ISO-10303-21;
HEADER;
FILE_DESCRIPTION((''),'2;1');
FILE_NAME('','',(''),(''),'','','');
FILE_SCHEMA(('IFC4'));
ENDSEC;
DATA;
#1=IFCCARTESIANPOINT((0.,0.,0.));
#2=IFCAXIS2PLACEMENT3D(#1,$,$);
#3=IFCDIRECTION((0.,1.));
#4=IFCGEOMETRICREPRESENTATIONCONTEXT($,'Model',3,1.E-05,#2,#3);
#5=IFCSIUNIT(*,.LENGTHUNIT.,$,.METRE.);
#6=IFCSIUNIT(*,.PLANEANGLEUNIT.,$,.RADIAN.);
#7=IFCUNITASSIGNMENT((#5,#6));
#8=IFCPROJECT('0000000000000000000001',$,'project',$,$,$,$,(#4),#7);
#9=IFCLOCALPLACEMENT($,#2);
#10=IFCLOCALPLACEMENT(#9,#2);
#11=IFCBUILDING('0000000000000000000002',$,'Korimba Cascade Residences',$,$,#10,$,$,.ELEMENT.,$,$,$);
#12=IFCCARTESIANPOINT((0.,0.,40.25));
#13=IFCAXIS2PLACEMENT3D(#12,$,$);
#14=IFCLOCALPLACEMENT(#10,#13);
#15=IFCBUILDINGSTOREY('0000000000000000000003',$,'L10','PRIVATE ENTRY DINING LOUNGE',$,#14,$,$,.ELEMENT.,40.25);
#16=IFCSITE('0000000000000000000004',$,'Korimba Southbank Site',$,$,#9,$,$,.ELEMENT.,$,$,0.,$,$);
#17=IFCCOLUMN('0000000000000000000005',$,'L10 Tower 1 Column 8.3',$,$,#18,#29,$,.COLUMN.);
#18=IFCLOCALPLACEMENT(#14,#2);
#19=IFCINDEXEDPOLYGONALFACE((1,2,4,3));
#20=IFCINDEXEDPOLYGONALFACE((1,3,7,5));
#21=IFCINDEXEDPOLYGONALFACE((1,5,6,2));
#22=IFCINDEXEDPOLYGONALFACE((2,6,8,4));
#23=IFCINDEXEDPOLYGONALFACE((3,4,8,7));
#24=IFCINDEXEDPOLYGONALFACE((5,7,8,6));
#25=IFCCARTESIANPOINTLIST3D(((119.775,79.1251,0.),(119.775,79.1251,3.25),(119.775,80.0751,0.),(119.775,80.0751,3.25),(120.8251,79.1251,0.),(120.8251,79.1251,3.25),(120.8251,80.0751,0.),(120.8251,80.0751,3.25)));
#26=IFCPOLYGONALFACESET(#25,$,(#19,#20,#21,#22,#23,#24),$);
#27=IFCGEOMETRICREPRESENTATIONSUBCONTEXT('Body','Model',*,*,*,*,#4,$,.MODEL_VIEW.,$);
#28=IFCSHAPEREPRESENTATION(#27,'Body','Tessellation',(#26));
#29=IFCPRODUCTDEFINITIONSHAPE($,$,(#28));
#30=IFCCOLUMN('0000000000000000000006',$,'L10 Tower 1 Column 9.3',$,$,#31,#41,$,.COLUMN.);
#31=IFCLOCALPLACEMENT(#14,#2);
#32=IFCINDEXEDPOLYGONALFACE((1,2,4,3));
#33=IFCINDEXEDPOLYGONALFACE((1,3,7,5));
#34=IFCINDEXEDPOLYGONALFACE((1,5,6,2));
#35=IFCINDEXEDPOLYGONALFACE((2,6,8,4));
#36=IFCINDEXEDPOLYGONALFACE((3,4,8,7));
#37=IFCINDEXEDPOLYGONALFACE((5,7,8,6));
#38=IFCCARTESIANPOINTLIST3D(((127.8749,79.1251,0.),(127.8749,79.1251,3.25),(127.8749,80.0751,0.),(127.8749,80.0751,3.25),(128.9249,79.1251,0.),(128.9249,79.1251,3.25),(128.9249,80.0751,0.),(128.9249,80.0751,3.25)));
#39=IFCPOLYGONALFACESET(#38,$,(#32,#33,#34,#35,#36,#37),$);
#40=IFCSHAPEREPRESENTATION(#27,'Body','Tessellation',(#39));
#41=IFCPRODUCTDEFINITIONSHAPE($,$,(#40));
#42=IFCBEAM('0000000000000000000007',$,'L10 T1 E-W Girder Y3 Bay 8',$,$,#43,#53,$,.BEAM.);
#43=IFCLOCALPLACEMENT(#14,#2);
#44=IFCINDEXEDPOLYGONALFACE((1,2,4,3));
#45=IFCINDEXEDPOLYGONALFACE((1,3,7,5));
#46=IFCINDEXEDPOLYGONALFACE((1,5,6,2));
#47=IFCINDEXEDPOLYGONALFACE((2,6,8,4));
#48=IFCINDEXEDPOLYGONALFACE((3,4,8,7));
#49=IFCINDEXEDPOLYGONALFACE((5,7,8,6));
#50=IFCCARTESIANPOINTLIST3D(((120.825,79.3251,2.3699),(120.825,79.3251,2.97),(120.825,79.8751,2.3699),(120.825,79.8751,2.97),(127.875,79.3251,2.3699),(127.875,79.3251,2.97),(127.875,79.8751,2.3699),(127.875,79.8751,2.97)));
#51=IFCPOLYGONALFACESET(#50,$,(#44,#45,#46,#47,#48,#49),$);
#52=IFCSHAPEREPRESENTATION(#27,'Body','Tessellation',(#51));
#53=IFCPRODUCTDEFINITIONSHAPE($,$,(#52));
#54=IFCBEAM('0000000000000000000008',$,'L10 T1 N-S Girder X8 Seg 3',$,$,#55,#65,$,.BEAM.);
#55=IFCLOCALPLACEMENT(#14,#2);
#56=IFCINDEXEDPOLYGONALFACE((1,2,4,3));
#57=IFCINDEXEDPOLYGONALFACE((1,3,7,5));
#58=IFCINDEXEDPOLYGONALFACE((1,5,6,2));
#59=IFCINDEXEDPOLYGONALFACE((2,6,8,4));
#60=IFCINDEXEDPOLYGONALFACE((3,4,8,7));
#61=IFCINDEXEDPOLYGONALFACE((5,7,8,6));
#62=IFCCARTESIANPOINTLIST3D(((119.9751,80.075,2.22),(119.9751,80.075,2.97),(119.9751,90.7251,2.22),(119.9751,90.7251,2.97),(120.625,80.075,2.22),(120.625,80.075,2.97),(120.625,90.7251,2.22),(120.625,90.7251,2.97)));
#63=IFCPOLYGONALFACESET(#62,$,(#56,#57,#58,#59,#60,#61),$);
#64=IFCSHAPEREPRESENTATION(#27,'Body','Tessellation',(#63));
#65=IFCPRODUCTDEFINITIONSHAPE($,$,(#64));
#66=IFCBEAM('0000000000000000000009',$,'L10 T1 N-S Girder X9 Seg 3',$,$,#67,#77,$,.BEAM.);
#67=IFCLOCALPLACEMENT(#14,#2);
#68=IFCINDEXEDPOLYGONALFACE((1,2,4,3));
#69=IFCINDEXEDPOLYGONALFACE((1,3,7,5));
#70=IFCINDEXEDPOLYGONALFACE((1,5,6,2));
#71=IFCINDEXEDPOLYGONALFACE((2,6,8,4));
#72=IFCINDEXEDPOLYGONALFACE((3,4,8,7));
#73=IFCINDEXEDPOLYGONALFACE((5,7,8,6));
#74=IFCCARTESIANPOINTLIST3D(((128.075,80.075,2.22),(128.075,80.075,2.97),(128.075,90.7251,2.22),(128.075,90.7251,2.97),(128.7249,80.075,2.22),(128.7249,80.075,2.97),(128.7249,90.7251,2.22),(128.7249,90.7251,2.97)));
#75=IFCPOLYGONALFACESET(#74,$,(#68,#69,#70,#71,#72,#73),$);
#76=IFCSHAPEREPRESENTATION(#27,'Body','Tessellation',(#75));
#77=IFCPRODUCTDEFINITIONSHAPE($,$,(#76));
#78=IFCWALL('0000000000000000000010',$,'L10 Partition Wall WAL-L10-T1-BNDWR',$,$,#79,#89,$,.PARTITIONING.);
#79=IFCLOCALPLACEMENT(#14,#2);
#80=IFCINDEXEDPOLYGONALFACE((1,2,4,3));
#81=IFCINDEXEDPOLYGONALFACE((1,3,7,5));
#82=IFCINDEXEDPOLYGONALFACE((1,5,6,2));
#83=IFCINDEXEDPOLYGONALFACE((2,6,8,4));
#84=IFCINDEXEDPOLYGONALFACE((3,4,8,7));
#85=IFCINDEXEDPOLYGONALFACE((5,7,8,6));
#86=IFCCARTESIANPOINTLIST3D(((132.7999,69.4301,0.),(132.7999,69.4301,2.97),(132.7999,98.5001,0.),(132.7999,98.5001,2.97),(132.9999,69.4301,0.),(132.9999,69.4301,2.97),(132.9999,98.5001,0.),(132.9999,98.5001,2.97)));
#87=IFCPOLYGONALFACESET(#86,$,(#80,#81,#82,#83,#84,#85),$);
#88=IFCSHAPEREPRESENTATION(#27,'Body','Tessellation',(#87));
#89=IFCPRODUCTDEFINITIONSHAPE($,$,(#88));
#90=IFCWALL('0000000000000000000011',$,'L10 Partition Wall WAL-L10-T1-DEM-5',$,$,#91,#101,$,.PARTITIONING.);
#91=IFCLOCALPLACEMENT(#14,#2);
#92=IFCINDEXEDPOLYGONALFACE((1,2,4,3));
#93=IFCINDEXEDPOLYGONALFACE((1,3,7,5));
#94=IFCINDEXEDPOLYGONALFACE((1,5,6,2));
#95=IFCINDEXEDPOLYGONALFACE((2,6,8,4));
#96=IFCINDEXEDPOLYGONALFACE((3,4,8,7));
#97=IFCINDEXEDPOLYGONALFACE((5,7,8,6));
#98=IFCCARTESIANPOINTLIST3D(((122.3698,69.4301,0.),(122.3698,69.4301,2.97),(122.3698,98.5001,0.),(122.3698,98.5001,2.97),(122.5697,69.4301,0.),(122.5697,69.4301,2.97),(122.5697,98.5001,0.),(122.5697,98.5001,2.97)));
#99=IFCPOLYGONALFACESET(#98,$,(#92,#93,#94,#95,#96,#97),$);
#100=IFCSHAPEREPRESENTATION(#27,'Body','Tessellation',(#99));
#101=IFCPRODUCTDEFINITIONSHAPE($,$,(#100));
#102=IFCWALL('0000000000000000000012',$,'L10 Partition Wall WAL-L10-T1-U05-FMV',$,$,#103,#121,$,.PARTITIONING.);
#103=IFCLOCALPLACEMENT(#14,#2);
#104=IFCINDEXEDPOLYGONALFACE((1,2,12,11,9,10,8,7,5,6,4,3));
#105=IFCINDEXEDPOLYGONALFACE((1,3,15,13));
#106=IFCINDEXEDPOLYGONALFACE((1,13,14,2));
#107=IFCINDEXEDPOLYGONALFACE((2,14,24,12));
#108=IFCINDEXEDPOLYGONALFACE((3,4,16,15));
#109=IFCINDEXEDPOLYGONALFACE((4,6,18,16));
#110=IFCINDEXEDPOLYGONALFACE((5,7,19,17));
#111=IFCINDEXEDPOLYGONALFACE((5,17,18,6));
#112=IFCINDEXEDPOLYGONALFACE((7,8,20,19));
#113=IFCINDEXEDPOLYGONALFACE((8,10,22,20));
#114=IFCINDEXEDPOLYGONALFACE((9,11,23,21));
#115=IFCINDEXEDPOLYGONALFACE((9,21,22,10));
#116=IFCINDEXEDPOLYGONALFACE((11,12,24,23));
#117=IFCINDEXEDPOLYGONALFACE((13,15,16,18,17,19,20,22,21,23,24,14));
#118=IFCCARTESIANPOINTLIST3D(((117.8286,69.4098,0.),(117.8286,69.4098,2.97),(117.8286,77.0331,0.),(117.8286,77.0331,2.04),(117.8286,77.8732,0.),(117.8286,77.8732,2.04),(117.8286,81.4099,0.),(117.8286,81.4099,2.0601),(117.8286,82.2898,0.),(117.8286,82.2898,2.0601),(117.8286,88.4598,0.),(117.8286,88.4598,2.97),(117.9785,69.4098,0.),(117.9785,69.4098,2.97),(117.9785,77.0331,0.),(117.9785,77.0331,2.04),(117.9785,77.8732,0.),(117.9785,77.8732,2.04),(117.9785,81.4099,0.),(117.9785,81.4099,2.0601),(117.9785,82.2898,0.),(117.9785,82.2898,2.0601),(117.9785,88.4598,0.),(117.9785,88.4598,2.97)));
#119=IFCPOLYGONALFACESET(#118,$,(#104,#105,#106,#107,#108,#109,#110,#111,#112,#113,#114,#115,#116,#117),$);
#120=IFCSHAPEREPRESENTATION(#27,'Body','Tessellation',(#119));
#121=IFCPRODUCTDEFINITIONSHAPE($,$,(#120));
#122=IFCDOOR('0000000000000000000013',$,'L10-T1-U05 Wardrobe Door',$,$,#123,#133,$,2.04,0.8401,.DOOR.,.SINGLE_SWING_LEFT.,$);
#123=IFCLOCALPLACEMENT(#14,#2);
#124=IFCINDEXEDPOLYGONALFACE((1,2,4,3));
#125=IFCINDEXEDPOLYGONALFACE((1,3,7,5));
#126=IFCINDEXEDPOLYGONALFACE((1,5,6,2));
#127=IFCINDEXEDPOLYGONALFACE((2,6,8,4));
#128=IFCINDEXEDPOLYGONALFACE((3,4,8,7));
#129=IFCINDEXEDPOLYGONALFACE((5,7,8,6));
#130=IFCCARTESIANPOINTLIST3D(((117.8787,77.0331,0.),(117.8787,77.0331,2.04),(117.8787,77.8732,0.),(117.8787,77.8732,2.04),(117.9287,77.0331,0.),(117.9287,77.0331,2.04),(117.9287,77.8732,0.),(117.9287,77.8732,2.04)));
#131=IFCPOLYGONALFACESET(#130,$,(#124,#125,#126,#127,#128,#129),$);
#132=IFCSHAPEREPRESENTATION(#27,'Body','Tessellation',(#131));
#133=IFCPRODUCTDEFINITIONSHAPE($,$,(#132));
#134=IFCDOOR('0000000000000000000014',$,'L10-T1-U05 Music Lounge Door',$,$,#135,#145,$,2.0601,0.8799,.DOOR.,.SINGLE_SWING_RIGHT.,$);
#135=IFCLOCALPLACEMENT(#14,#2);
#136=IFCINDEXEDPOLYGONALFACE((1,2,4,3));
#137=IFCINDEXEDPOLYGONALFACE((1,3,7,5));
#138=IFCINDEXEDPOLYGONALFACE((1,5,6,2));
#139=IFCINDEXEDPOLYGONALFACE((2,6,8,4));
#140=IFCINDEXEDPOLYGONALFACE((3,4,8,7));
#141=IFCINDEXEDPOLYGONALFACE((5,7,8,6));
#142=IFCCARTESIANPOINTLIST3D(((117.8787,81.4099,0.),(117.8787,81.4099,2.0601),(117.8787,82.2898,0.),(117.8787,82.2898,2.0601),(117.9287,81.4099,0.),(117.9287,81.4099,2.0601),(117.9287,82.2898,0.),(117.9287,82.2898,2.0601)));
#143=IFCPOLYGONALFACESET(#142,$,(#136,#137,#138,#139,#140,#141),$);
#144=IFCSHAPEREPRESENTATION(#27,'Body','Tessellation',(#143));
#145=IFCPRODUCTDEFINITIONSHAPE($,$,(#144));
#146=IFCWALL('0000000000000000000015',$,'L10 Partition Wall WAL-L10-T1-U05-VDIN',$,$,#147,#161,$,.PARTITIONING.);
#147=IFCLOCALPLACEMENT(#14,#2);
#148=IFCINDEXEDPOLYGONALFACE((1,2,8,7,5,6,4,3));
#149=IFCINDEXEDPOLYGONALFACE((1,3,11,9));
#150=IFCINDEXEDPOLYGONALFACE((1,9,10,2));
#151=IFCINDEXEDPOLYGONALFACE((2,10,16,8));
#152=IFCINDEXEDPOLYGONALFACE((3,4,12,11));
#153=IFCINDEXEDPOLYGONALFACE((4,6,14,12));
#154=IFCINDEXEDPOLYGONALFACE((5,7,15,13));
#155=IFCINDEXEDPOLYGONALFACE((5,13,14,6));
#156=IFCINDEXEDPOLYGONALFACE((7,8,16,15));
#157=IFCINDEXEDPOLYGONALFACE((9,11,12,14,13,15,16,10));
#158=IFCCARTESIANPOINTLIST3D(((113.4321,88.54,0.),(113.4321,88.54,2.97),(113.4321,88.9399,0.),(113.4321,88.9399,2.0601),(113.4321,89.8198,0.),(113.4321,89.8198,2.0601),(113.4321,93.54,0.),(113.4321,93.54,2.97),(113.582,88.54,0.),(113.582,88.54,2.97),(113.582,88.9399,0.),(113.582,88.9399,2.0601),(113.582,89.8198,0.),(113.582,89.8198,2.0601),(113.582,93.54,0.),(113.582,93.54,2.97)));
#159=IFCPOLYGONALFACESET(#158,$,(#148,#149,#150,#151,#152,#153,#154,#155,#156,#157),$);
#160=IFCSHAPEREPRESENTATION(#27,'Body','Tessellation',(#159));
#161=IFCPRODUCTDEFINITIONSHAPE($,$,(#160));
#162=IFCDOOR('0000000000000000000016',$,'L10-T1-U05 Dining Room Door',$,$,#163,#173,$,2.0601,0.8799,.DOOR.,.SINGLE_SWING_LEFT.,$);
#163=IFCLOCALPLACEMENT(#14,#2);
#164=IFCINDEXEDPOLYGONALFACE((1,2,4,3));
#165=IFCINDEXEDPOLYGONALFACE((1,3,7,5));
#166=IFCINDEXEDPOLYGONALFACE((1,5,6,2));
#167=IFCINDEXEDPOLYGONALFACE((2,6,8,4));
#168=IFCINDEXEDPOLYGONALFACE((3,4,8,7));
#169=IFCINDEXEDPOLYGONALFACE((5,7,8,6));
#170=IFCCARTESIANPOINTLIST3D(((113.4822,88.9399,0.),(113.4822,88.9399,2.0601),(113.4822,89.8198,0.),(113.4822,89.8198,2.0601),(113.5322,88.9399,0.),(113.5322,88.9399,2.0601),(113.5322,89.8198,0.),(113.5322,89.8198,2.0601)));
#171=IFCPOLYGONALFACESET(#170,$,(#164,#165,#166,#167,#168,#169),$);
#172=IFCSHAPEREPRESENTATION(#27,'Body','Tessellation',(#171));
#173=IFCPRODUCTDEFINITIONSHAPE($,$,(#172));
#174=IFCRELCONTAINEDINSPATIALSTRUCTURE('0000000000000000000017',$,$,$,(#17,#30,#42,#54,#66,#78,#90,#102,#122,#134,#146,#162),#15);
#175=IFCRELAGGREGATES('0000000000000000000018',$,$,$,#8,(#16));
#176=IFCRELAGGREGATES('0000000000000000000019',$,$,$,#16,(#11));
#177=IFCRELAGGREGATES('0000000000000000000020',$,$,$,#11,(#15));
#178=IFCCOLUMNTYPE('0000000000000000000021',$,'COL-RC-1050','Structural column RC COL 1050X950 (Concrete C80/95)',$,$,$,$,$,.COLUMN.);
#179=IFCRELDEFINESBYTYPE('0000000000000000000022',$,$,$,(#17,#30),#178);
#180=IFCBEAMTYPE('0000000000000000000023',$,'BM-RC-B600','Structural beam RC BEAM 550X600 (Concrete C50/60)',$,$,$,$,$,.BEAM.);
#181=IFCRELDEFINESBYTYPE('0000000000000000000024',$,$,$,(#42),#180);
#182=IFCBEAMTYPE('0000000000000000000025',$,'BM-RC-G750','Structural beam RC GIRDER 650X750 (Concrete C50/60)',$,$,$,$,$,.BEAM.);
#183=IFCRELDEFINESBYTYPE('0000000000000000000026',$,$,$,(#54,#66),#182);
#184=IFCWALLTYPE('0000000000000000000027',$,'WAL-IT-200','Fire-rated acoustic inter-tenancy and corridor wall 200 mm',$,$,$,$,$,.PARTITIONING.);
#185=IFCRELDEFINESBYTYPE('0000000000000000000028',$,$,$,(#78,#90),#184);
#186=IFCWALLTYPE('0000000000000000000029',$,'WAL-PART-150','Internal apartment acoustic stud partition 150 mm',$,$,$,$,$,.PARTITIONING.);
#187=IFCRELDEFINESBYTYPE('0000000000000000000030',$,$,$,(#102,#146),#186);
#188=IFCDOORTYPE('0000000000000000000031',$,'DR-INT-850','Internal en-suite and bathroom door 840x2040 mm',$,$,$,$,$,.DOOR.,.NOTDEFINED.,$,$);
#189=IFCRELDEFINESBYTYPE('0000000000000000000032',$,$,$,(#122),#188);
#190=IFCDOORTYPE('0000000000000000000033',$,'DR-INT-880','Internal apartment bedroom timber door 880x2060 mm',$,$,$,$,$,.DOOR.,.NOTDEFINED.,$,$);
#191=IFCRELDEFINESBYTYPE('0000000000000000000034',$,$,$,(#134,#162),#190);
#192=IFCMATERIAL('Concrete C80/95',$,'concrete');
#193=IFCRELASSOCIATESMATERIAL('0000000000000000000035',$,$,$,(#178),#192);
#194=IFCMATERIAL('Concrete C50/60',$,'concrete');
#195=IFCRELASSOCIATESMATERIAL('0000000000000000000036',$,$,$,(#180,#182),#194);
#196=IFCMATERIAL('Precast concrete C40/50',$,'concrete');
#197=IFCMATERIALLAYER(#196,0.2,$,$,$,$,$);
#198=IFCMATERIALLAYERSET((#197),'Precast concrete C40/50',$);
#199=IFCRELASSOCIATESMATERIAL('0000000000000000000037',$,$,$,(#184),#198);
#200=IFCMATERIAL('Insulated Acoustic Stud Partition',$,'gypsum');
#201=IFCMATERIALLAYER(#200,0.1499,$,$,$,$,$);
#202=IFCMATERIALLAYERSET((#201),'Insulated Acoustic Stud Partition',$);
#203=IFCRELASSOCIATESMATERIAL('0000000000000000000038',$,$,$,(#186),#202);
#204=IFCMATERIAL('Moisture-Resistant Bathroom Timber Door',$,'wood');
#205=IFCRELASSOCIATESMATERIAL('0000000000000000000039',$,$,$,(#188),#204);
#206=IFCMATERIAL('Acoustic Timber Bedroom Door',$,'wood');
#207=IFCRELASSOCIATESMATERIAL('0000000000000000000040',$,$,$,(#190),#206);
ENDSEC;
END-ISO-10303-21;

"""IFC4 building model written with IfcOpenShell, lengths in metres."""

from ifc_helpers import new_model, si_unit, direction, frame, frame_2d, origin, origin_2d, place, context, subcontext, project, spatial, rectangle, extrude, material, layer, layer_set, material_profile, profile_set, type_object, element, fill, save


model = new_model("IFC4")

# Units and contexts
model_context = context("Model", 3, precision=1e-05, world=origin(), true_north=direction((0.0, 1.0)))
body_context = subcontext(model_context, "Body", "Model", "MODEL_VIEW")
ifc_project = project(units=[si_unit("LENGTHUNIT", "METRE"), si_unit("PLANEANGLEUNIT", "RADIAN")], contexts=[model_context])

# Site, building, storey
site_placement = place(None, origin())
site = spatial("IfcSite", under=ifc_project, at=site_placement, Name="Korimba Southbank Site", CompositionType="ELEMENT", RefElevation=0.0)
building_placement = place(site_placement, origin())
building = spatial("IfcBuilding", under=site, at=building_placement, Name="Korimba Cascade Residences", CompositionType="ELEMENT")
storey_placement = place(building_placement, frame((0.0, 0.0, 40.25)))
storey = spatial("IfcBuildingStorey", under=building, at=storey_placement, Name="L10", Description="PRIVATE ENTRY DINING LOUNGE", CompositionType="ELEMENT", Elevation=40.25)

# Columns
ifc_material_1 = material(Name="Concrete C80/95", Category="concrete")
ifc_material_profile_1 = material_profile(ifc_material_1, rectangle(XDim=1.05, YDim=0.95, at=origin_2d()), Name="Concrete C80/95")
ifc_profile_set_1 = profile_set([ifc_material_profile_1], Name="Concrete C80/95")
column_type = type_object("IfcColumnType", Name="COL-RC-1050", Description="Structural column RC COL 1050X950 (Concrete C80/95)", PredefinedType="COLUMN", material=ifc_profile_set_1)
for number, where, z_axis, x_axis, name in (
    (1, (120.3, 79.6001, 0.0), (0.0, 0.0, 1.0), (1.0, 0.0, 0.0), "L10 Tower 1 Column 8.3"),
    (2, (128.3999, 79.6001, 0.0), (0.0, 0.0, 1.0), (1.0, 0.0, 0.0), "L10 Tower 1 Column 9.3"),
):
    element("IfcColumn", number, at=place(storey_placement, frame(where, z_axis=z_axis, x_axis=x_axis)), inside=storey, type_object=column_type, Name=name, PredefinedType="COLUMN", context=body_context, shape_type="SweptSolid", body=[
        extrude(rectangle(XDim=1.05, YDim=0.95, at=origin_2d()), origin(), (0.0, 0.0, 1.0), 3.25),
    ])

# Beams
ifc_material_2 = material(Name="Concrete C50/60", Category="concrete")
ifc_material_profile_2 = material_profile(ifc_material_2, rectangle(XDim=0.55, YDim=0.6001, at=origin_2d()), Name="Concrete C50/60")
ifc_profile_set_2 = profile_set([ifc_material_profile_2], Name="Concrete C50/60")
beam_type_1 = type_object("IfcBeamType", Name="BM-RC-B600", Description="Structural beam RC BEAM 550X600 (Concrete C50/60)", PredefinedType="BEAM", material=ifc_profile_set_2)
beam_placement = place(storey_placement, frame((120.825, 79.6001, 2.6699), z_axis=(1.0, 0.0, 0.0), x_axis=(0.0, 1.0, 0.0)))
element("IfcBeam", 3, at=beam_placement, inside=storey, type_object=beam_type_1, Name="L10 T1 E-W Girder Y3 Bay 8", PredefinedType="BEAM", context=body_context, shape_type="SweptSolid", body=[
    extrude(rectangle(XDim=0.55, YDim=0.6001, at=origin_2d()), origin(), (0.0, 0.0, 1.0), 7.05),
])
ifc_material_profile_3 = material_profile(ifc_material_2, rectangle(XDim=0.6499, YDim=0.75, at=origin_2d()), Name="Concrete C50/60")
ifc_profile_set_3 = profile_set([ifc_material_profile_3], Name="Concrete C50/60")
beam_type_2 = type_object("IfcBeamType", Name="BM-RC-G750", Description="Structural beam RC GIRDER 650X750 (Concrete C50/60)", PredefinedType="BEAM", material=ifc_profile_set_3)
for number, where, z_axis, x_axis, name in (
    (4, (120.3, 80.075, 2.595), (0.0, 1.0, 0.0), (-1.0, 0.0, 0.0), "L10 T1 N-S Girder X8 Seg 3"),
    (5, (128.3999, 80.075, 2.595), (0.0, 1.0, 0.0), (-1.0, 0.0, 0.0), "L10 T1 N-S Girder X9 Seg 3"),
):
    element("IfcBeam", number, at=place(storey_placement, frame(where, z_axis=z_axis, x_axis=x_axis)), inside=storey, type_object=beam_type_2, Name=name, PredefinedType="BEAM", context=body_context, shape_type="SweptSolid", body=[
        extrude(rectangle(XDim=0.6499, YDim=0.75, at=origin_2d()), origin(), (0.0, 0.0, 1.0), 10.6501),
    ])

# Walls
ifc_material_3 = material(Name="Precast concrete C40/50", Category="concrete")
ifc_layer_1 = layer(ifc_material_3, 0.2)
ifc_layer_set_1 = layer_set([ifc_layer_1], Name="Precast concrete C40/50")
wall_type_1 = type_object("IfcWallType", Name="WAL-IT-200", Description="Fire-rated acoustic inter-tenancy and corridor wall 200 mm", PredefinedType="PARTITIONING", material=ifc_layer_set_1)
for number, where, z_axis, x_axis, name in (
    (6, (132.8999, 69.4299, 0.0), (0.0, 0.0, 1.0), (0.0, 1.0, 0.0), "L10 Partition Wall WAL-L10-T1-BNDWR"),
    (7, (122.4697, 69.4299, 0.0), (0.0, 0.0, 1.0), (0.0, 1.0, 0.0), "L10 Partition Wall WAL-L10-T1-DEM-5"),
):
    element("IfcWall", number, at=place(storey_placement, frame(where, z_axis=z_axis, x_axis=x_axis)), inside=storey, type_object=wall_type_1, Name=name, PredefinedType="PARTITIONING", context=body_context, shape_type="SweptSolid", body=[
        extrude(rectangle(XDim=29.0701, YDim=0.2, at=frame_2d((14.5352, 0.0))), origin(), (0.0, 0.0, 1.0), 2.97),
    ])

# Wall, openings, doors
ifc_material_4 = material(Name="Insulated Acoustic Stud Partition", Category="gypsum")
ifc_layer_2 = layer(ifc_material_4, 0.1499)
ifc_layer_set_2 = layer_set([ifc_layer_2], Name="Insulated Acoustic Stud Partition")
wall_type_2 = type_object("IfcWallType", Name="WAL-PART-150", Description="Internal apartment acoustic stud partition 150 mm", PredefinedType="PARTITIONING", material=ifc_layer_set_2)
wall_1_placement = place(storey_placement, frame((117.9036, 69.4099, 0.0), z_axis=(0.0, 0.0, 1.0), x_axis=(0.0, 1.0, 0.0)))
wall_1 = element("IfcWall", 8, at=wall_1_placement, inside=storey, type_object=wall_type_2, Name="L10 Partition Wall WAL-L10-T1-U05-FMV", PredefinedType="PARTITIONING", context=body_context, shape_type="SweptSolid", body=[
    extrude(rectangle(XDim=19.05, YDim=0.1499, at=frame_2d((9.5249, 0.0))), origin(), (0.0, 0.0, 1.0), 2.97),
])
opening_1_placement = place(wall_1_placement, frame((7.6233, 0.0, 0.0)))
opening_1 = element("IfcOpeningElement", 9, at=opening_1_placement, cuts=wall_1, PredefinedType="OPENING", context=body_context, shape_type="SweptSolid", body=[
    extrude(rectangle(XDim=0.8401, YDim=2.04, at=frame_2d((0.4199, 1.02))), frame((0.0, 0.085, 0.0), z_axis=(0.0, -1.0, 0.0), x_axis=(1.0, 0.0, 0.0)), (0.0, 0.0, 1.0), 0.1699),
])
opening_2_placement = place(wall_1_placement, frame((12.0, 0.0, 0.0)))
opening_2 = element("IfcOpeningElement", 10, at=opening_2_placement, cuts=wall_1, PredefinedType="OPENING", context=body_context, shape_type="SweptSolid", body=[
    extrude(rectangle(XDim=0.8799, YDim=2.0601, at=frame_2d((0.4399, 1.03))), frame((0.0, 0.085, 0.0), z_axis=(0.0, -1.0, 0.0), x_axis=(1.0, 0.0, 0.0)), (0.0, 0.0, 1.0), 0.1699),
])
ifc_material_5 = material(Name="Moisture-Resistant Bathroom Timber Door", Category="wood")
door_type_1 = type_object("IfcDoorType", Name="DR-INT-850", Description="Internal en-suite and bathroom door 840x2040 mm", OperationType="NOTDEFINED", PredefinedType="DOOR", material=ifc_material_5)
door_1_placement = place(opening_1_placement, origin())
door_1 = element("IfcDoor", 11, at=door_1_placement, inside=storey, type_object=door_type_1, Name="L10-T1-U05 Wardrobe Door", OperationType="SINGLE_SWING_LEFT", OverallHeight=2.04, OverallWidth=0.8401, PredefinedType="DOOR", context=body_context, shape_type="SweptSolid", body=[
    extrude(rectangle(XDim=0.8401, YDim=2.04, at=frame_2d((0.4199, 1.02))), frame((0.0, 0.0249, 0.0), z_axis=(0.0, -1.0, 0.0), x_axis=(1.0, 0.0, 0.0)), (0.0, 0.0, 1.0), 0.05),
])
fill(opening_1, door_1)
ifc_material_6 = material(Name="Acoustic Timber Bedroom Door", Category="wood")
door_type_2 = type_object("IfcDoorType", Name="DR-INT-880", Description="Internal apartment bedroom timber door 880x2060 mm", OperationType="NOTDEFINED", PredefinedType="DOOR", material=ifc_material_6)
door_2_placement = place(opening_2_placement, origin())
door_2 = element("IfcDoor", 12, at=door_2_placement, inside=storey, type_object=door_type_2, Name="L10-T1-U05 Music Lounge Door", OperationType="SINGLE_SWING_RIGHT", OverallHeight=2.0601, OverallWidth=0.8799, PredefinedType="DOOR", context=body_context, shape_type="SweptSolid", body=[
    extrude(rectangle(XDim=0.8799, YDim=2.0601, at=frame_2d((0.4399, 1.03))), frame((0.0, 0.0249, 0.0), z_axis=(0.0, -1.0, 0.0), x_axis=(1.0, 0.0, 0.0)), (0.0, 0.0, 1.0), 0.05),
])
fill(opening_2, door_2)

# Wall, opening, door
wall_2_placement = place(storey_placement, frame((113.5071, 88.54, 0.0), z_axis=(0.0, 0.0, 1.0), x_axis=(0.0, 1.0, 0.0)))
wall_2 = element("IfcWall", 13, at=wall_2_placement, inside=storey, type_object=wall_type_2, Name="L10 Partition Wall WAL-L10-T1-U05-VDIN", PredefinedType="PARTITIONING", context=body_context, shape_type="SweptSolid", body=[
    extrude(rectangle(XDim=5.0, YDim=0.1499, at=frame_2d((2.5, 0.0))), origin(), (0.0, 0.0, 1.0), 2.97),
])
opening_3_placement = place(wall_2_placement, frame((0.3999, 0.0, 0.0)))
opening_3 = element("IfcOpeningElement", 14, at=opening_3_placement, cuts=wall_2, PredefinedType="OPENING", context=body_context, shape_type="SweptSolid", body=[
    extrude(rectangle(XDim=0.8799, YDim=2.0601, at=frame_2d((0.4399, 1.03))), frame((0.0, 0.085, 0.0), z_axis=(0.0, -1.0, 0.0), x_axis=(1.0, 0.0, 0.0)), (0.0, 0.0, 1.0), 0.1699),
])
door_3_placement = place(opening_3_placement, origin())
door_3 = element("IfcDoor", 15, at=door_3_placement, inside=storey, type_object=door_type_2, Name="L10-T1-U05 Dining Room Door", OperationType="SINGLE_SWING_LEFT", OverallHeight=2.0601, OverallWidth=0.8799, PredefinedType="DOOR", context=body_context, shape_type="SweptSolid", body=[
    extrude(rectangle(XDim=0.8799, YDim=2.0601, at=frame_2d((0.4399, 1.03))), frame((0.0, 0.0249, 0.0), z_axis=(0.0, -1.0, 0.0), x_axis=(1.0, 0.0, 0.0)), (0.0, 0.0, 1.0), 0.05),
])
fill(opening_3, door_3)

save(model, "model.ifc")
